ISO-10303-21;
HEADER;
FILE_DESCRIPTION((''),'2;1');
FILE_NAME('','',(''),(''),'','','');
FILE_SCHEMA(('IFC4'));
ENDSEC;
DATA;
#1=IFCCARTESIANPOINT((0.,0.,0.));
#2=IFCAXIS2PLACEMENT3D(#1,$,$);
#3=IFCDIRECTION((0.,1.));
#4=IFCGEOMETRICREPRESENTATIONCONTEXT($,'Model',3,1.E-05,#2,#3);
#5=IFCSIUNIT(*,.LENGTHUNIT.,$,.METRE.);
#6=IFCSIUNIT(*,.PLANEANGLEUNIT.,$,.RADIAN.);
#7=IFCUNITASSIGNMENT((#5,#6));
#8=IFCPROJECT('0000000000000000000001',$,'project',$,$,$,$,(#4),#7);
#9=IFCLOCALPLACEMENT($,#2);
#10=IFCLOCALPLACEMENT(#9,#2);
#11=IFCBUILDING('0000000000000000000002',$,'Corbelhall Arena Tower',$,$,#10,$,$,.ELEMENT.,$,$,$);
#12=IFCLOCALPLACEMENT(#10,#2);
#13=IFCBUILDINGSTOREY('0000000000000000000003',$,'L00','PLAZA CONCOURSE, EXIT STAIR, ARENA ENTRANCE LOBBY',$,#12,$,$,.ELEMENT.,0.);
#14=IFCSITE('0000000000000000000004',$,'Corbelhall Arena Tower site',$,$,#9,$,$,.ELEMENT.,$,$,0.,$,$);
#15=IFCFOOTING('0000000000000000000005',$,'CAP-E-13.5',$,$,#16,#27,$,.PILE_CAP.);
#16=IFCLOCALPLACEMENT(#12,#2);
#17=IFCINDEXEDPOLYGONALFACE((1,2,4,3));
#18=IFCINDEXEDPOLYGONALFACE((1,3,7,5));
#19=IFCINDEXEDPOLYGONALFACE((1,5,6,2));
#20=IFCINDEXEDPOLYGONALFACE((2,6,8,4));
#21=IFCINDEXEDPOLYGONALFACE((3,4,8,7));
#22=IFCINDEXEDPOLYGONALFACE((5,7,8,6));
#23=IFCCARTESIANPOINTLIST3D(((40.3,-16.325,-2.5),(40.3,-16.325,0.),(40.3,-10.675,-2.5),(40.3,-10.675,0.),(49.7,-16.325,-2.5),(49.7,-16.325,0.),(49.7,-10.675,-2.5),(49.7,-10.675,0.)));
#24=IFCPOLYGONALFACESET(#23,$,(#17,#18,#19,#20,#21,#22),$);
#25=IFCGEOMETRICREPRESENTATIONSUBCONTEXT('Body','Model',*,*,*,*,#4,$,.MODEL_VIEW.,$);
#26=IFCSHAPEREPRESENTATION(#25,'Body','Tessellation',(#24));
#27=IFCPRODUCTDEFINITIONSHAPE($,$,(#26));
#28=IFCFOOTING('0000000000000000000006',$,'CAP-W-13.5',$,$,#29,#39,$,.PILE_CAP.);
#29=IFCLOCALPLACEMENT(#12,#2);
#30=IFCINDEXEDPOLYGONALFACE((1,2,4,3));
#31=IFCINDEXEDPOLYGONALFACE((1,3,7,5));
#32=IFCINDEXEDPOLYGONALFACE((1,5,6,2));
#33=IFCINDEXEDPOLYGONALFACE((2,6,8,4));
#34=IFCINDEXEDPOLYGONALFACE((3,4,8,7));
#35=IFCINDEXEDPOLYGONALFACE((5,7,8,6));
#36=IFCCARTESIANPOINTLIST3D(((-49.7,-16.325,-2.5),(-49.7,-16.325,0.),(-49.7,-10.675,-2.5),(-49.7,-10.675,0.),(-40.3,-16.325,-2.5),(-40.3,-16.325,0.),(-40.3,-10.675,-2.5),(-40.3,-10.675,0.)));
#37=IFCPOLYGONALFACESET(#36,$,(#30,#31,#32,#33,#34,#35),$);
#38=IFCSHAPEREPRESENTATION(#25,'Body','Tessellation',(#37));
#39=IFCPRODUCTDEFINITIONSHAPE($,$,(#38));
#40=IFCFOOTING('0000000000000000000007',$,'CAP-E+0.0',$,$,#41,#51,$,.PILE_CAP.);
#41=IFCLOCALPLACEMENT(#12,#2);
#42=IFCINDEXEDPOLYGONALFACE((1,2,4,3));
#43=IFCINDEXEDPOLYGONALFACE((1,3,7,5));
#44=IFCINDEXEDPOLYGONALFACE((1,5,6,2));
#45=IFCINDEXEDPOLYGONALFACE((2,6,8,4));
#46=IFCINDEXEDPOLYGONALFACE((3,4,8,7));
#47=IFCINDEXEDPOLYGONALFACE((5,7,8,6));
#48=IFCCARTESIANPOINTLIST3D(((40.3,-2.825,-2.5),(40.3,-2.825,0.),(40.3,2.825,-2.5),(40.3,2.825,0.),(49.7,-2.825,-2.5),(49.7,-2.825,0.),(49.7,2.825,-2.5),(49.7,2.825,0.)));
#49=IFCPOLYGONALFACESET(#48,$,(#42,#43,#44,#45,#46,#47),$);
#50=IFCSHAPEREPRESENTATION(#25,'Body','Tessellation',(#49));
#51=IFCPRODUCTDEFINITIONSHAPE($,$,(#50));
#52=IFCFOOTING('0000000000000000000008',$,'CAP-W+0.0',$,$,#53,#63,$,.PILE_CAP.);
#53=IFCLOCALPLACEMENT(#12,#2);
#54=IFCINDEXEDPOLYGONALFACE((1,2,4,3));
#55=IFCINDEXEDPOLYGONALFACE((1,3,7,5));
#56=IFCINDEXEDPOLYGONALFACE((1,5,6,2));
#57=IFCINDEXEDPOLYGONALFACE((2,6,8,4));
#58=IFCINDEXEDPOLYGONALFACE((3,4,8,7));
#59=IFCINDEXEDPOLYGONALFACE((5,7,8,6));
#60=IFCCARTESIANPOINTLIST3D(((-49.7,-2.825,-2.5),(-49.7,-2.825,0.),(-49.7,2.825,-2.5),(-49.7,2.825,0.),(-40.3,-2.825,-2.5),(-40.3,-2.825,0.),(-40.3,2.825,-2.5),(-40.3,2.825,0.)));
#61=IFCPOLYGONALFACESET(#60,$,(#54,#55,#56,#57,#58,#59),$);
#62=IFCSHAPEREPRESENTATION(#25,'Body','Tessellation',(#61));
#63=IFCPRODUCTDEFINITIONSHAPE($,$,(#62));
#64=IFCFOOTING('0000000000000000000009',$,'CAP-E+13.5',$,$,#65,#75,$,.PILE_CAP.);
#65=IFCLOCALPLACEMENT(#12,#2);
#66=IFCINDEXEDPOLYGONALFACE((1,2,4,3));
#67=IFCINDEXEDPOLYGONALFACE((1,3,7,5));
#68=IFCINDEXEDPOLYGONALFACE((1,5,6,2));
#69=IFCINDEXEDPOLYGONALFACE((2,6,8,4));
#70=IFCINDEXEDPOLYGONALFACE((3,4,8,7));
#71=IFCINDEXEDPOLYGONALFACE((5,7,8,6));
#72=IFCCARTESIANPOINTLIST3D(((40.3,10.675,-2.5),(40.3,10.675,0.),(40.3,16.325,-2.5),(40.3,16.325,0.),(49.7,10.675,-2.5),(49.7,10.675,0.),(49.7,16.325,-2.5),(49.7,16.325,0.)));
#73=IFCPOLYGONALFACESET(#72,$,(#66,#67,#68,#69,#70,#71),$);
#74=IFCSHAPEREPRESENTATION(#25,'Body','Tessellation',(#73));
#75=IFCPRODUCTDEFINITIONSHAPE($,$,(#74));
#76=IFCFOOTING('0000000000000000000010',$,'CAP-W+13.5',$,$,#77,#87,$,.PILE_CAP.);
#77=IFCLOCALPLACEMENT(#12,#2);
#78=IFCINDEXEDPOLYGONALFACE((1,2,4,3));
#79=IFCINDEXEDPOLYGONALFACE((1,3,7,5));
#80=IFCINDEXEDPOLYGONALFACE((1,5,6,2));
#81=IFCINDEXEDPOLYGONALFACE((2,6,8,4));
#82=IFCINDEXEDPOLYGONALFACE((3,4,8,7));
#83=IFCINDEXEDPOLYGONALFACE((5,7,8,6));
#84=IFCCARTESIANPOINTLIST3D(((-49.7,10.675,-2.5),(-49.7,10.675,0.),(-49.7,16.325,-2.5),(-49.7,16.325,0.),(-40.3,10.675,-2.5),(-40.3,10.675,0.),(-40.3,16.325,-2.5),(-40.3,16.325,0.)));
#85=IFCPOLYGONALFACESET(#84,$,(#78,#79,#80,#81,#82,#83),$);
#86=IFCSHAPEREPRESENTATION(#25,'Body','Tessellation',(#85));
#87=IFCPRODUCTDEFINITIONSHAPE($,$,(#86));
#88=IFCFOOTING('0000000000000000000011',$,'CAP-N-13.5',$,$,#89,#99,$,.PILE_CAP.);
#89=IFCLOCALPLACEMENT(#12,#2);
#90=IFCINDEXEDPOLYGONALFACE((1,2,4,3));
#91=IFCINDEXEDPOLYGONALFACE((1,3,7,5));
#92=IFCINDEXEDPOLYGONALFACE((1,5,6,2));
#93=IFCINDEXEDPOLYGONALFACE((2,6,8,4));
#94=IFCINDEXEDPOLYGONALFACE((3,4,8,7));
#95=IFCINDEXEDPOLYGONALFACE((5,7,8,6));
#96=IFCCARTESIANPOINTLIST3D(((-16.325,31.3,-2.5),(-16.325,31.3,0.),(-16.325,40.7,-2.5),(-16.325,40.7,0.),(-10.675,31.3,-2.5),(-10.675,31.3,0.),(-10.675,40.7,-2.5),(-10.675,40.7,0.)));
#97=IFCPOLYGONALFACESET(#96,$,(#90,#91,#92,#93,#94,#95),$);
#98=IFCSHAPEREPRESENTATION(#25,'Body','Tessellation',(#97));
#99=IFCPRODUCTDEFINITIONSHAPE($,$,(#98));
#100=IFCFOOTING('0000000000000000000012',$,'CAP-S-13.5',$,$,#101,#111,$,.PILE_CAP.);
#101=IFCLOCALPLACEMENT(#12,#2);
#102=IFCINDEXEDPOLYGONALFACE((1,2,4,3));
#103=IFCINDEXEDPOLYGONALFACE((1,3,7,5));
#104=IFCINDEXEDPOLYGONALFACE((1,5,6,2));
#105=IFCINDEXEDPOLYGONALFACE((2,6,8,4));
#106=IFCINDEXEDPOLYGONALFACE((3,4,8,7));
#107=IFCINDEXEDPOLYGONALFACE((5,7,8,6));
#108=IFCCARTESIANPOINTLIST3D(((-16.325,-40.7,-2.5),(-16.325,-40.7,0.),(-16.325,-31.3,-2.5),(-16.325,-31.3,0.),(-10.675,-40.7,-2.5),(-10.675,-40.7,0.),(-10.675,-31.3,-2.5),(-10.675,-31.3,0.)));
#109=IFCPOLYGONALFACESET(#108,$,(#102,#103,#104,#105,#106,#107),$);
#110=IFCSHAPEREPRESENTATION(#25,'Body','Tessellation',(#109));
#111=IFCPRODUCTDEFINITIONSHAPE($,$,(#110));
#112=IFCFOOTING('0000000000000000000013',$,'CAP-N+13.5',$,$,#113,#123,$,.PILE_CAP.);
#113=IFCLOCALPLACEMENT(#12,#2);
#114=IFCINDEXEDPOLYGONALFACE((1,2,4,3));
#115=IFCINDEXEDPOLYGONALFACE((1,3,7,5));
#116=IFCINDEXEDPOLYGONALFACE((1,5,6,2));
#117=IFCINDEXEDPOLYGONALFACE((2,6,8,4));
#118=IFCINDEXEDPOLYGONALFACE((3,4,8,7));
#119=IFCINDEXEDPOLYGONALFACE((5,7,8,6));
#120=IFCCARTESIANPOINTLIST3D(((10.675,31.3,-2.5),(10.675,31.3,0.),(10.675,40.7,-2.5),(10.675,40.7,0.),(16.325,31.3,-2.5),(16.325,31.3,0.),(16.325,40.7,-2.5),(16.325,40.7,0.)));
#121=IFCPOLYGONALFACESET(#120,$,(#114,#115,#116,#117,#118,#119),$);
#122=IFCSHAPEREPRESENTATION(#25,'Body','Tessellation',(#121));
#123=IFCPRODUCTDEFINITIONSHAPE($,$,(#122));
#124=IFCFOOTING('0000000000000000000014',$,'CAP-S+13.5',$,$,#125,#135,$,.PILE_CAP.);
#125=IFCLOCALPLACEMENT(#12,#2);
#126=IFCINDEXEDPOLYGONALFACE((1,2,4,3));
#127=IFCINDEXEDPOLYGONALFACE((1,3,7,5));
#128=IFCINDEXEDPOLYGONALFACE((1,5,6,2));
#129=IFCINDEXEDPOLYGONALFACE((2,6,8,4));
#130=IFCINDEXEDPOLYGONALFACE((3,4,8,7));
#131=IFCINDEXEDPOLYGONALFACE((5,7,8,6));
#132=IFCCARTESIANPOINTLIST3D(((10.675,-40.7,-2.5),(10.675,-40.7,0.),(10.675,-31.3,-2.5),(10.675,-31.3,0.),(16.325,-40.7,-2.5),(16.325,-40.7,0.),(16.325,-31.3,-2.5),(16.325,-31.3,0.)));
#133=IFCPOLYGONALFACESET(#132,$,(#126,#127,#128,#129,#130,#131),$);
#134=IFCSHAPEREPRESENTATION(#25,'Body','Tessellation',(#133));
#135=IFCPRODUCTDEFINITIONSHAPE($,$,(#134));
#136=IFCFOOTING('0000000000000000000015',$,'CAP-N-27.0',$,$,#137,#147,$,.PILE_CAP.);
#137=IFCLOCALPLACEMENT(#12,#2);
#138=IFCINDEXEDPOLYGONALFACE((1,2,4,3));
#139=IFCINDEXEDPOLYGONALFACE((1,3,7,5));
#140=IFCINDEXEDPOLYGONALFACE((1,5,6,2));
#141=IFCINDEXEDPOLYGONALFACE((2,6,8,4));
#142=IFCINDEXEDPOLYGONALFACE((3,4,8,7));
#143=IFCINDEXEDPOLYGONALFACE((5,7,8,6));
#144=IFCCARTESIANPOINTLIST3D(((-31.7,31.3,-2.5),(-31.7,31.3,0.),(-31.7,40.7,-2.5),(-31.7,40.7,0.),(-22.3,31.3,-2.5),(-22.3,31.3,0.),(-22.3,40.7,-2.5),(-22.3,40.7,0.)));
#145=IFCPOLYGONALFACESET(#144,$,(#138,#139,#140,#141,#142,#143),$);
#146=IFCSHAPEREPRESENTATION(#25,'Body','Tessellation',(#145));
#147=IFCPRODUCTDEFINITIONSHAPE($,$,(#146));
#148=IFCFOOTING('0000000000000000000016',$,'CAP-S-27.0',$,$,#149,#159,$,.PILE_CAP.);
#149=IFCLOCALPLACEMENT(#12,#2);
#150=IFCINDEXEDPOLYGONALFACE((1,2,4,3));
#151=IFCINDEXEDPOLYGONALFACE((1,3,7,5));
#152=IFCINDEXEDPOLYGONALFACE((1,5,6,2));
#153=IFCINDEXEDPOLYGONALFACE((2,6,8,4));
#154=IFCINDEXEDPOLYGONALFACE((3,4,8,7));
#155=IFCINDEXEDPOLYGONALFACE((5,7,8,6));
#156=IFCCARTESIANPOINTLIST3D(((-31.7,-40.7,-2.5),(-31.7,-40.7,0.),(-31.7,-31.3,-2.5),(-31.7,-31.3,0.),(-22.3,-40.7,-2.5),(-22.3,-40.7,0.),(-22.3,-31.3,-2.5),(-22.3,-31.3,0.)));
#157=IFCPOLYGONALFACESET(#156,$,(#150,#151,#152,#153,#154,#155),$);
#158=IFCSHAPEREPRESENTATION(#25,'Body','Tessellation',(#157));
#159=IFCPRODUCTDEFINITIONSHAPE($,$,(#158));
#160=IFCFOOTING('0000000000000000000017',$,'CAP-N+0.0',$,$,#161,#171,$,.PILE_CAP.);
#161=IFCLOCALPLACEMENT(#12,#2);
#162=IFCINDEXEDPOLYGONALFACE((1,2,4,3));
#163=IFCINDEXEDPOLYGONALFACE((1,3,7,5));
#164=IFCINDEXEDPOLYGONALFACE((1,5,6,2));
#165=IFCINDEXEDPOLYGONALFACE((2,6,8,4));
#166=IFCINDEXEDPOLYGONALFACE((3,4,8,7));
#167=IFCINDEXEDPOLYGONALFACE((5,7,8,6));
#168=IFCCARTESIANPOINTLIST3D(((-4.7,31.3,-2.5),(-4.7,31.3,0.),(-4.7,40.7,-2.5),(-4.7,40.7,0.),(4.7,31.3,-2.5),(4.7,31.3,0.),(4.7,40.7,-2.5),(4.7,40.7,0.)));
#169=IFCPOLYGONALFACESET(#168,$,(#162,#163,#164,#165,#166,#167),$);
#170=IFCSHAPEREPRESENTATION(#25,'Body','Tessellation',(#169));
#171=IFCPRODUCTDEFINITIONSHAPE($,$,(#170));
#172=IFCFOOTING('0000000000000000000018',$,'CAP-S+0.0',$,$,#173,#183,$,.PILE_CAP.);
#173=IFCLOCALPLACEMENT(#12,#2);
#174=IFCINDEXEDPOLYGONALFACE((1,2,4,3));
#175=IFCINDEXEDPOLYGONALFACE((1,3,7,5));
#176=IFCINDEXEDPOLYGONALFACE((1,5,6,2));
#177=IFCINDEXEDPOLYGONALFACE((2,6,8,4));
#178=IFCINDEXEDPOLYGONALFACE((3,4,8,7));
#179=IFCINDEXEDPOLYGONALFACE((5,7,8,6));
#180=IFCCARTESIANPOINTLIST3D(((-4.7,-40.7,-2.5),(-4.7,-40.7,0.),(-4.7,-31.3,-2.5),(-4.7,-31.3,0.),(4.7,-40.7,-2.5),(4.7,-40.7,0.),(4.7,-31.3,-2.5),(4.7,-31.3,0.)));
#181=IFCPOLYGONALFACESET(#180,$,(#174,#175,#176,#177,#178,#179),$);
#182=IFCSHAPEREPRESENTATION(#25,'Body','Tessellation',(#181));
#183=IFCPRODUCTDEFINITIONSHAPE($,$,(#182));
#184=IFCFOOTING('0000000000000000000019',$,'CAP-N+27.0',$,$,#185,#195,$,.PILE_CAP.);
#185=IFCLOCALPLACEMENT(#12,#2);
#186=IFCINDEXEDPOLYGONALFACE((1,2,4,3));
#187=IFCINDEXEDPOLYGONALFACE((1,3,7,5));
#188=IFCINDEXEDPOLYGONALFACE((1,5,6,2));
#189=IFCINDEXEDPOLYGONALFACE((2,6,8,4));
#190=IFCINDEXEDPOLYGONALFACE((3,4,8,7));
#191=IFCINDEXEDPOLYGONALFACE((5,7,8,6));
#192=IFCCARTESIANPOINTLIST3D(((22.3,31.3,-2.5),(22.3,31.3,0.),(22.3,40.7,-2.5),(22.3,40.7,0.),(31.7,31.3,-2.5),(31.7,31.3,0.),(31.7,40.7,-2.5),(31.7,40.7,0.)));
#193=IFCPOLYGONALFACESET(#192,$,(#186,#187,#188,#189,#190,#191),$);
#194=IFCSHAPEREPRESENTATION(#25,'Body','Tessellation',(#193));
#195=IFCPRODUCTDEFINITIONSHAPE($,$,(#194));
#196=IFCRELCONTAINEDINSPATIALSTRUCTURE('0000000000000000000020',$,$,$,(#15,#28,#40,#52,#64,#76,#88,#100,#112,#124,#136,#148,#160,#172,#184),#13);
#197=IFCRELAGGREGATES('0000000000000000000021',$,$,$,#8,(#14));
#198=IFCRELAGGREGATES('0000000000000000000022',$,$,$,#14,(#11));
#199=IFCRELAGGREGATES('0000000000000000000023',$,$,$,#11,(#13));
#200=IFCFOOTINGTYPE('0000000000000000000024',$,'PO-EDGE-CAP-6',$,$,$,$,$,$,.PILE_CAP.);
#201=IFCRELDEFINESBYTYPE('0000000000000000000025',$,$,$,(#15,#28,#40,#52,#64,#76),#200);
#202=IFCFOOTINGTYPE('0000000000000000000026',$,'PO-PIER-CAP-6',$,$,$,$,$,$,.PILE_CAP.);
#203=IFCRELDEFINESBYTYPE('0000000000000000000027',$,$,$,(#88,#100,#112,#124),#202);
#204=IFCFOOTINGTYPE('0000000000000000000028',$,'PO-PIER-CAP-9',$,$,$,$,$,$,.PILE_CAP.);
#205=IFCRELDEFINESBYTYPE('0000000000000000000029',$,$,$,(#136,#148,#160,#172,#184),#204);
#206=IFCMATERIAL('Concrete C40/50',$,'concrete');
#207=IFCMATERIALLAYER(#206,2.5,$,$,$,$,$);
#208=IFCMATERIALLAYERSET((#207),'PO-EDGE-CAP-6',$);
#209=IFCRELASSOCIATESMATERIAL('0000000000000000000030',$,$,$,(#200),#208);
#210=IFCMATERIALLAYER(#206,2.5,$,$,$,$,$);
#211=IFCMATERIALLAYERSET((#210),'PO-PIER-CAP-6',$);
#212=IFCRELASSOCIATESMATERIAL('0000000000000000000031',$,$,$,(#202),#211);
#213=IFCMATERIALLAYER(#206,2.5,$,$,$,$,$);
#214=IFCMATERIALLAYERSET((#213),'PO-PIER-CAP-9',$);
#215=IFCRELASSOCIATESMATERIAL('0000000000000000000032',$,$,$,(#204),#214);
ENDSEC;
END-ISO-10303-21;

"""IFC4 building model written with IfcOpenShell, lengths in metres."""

from ifc_helpers import new_model, si_unit, direction, frame, origin, place, context, subcontext, project, spatial, polyline, outline, extrude, material, layer, layer_set, type_object, element, save


model = new_model("IFC4")

# Units and contexts
model_context = context("Model", 3, precision=1e-05, world=origin(), true_north=direction((0.0, 1.0)))
body_context = subcontext(model_context, "Body", "Model", "MODEL_VIEW")
ifc_project = project(units=[si_unit("LENGTHUNIT", "METRE"), si_unit("PLANEANGLEUNIT", "RADIAN")], contexts=[model_context])

# Site, building, storey
site_placement = place(None, origin())
site = spatial("IfcSite", under=ifc_project, at=site_placement, Name="Corbelhall Arena Tower site", CompositionType="ELEMENT", RefElevation=0.0)
building_placement = place(site_placement, origin())
building = spatial("IfcBuilding", under=site, at=building_placement, Name="Corbelhall Arena Tower", CompositionType="ELEMENT")
storey_placement = place(building_placement, origin())
storey = spatial("IfcBuildingStorey", under=building, at=storey_placement, Name="L00", Description="PLAZA CONCOURSE, EXIT STAIR, ARENA ENTRANCE LOBBY", CompositionType="ELEMENT", Elevation=0.0)

# Footings
ifc_material = material(Name="Concrete C40/50", Category="concrete")
ifc_layer_1 = layer(ifc_material, 2.5)
ifc_layer_set_1 = layer_set([ifc_layer_1], Name="PO-EDGE-CAP-6")
footing_type_1 = type_object("IfcFootingType", Name="PO-EDGE-CAP-6", PredefinedType="PILE_CAP", material=ifc_layer_set_1)
footing_1_placement = place(storey_placement, frame((0.0, 0.0, -2.5)))
element("IfcFooting", 1, at=footing_1_placement, inside=storey, type_object=footing_type_1, Name="CAP-E-13.5", PredefinedType="PILE_CAP", context=body_context, shape_type="SweptSolid", body=[
    extrude(outline(polyline([(40.3, -16.325), (49.7, -16.325), (49.7, -10.675), (40.3, -10.675), (40.3, -16.325)])), origin(), (0.0, 0.0, 1.0), 2.5),
])
footing_2_placement = place(storey_placement, frame((0.0, 0.0, -2.5)))
element("IfcFooting", 2, at=footing_2_placement, inside=storey, type_object=footing_type_1, Name="CAP-W-13.5", PredefinedType="PILE_CAP", context=body_context, shape_type="SweptSolid", body=[
    extrude(outline(polyline([(-49.7, -16.325), (-40.3, -16.325), (-40.3, -10.675), (-49.7, -10.675), (-49.7, -16.325)])), origin(), (0.0, 0.0, 1.0), 2.5),
])
footing_3_placement = place(storey_placement, frame((0.0, 0.0, -2.5)))
element("IfcFooting", 3, at=footing_3_placement, inside=storey, type_object=footing_type_1, Name="CAP-E+0.0", PredefinedType="PILE_CAP", context=body_context, shape_type="SweptSolid", body=[
    extrude(outline(polyline([(40.3, -2.825), (49.7, -2.825), (49.7, 2.825), (40.3, 2.825), (40.3, -2.825)])), origin(), (0.0, 0.0, 1.0), 2.5),
])
footing_4_placement = place(storey_placement, frame((0.0, 0.0, -2.5)))
element("IfcFooting", 4, at=footing_4_placement, inside=storey, type_object=footing_type_1, Name="CAP-W+0.0", PredefinedType="PILE_CAP", context=body_context, shape_type="SweptSolid", body=[
    extrude(outline(polyline([(-49.7, -2.825), (-40.3, -2.825), (-40.3, 2.825), (-49.7, 2.825), (-49.7, -2.825)])), origin(), (0.0, 0.0, 1.0), 2.5),
])
footing_5_placement = place(storey_placement, frame((0.0, 0.0, -2.5)))
element("IfcFooting", 5, at=footing_5_placement, inside=storey, type_object=footing_type_1, Name="CAP-E+13.5", PredefinedType="PILE_CAP", context=body_context, shape_type="SweptSolid", body=[
    extrude(outline(polyline([(40.3, 10.675), (49.7, 10.675), (49.7, 16.325), (40.3, 16.325), (40.3, 10.675)])), origin(), (0.0, 0.0, 1.0), 2.5),
])
footing_6_placement = place(storey_placement, frame((0.0, 0.0, -2.5)))
element("IfcFooting", 6, at=footing_6_placement, inside=storey, type_object=footing_type_1, Name="CAP-W+13.5", PredefinedType="PILE_CAP", context=body_context, shape_type="SweptSolid", body=[
    extrude(outline(polyline([(-49.7, 10.675), (-40.3, 10.675), (-40.3, 16.325), (-49.7, 16.325), (-49.7, 10.675)])), origin(), (0.0, 0.0, 1.0), 2.5),
])
ifc_layer_2 = layer(ifc_material, 2.5)
ifc_layer_set_2 = layer_set([ifc_layer_2], Name="PO-PIER-CAP-6")
footing_type_2 = type_object("IfcFootingType", Name="PO-PIER-CAP-6", PredefinedType="PILE_CAP", material=ifc_layer_set_2)
footing_7_placement = place(storey_placement, frame((0.0, 0.0, -2.5)))
element("IfcFooting", 7, at=footing_7_placement, inside=storey, type_object=footing_type_2, Name="CAP-N-13.5", PredefinedType="PILE_CAP", context=body_context, shape_type="SweptSolid", body=[
    extrude(outline(polyline([(-16.325, 31.3), (-10.675, 31.3), (-10.675, 40.7), (-16.325, 40.7), (-16.325, 31.3)])), origin(), (0.0, 0.0, 1.0), 2.5),
])
footing_8_placement = place(storey_placement, frame((0.0, 0.0, -2.5)))
element("IfcFooting", 8, at=footing_8_placement, inside=storey, type_object=footing_type_2, Name="CAP-S-13.5", PredefinedType="PILE_CAP", context=body_context, shape_type="SweptSolid", body=[
    extrude(outline(polyline([(-16.325, -40.7), (-10.675, -40.7), (-10.675, -31.3), (-16.325, -31.3), (-16.325, -40.7)])), origin(), (0.0, 0.0, 1.0), 2.5),
])
footing_9_placement = place(storey_placement, frame((0.0, 0.0, -2.5)))
element("IfcFooting", 9, at=footing_9_placement, inside=storey, type_object=footing_type_2, Name="CAP-N+13.5", PredefinedType="PILE_CAP", context=body_context, shape_type="SweptSolid", body=[
    extrude(outline(polyline([(10.675, 31.3), (16.325, 31.3), (16.325, 40.7), (10.675, 40.7), (10.675, 31.3)])), origin(), (0.0, 0.0, 1.0), 2.5),
])
footing_10_placement = place(storey_placement, frame((0.0, 0.0, -2.5)))
element("IfcFooting", 10, at=footing_10_placement, inside=storey, type_object=footing_type_2, Name="CAP-S+13.5", PredefinedType="PILE_CAP", context=body_context, shape_type="SweptSolid", body=[
    extrude(outline(polyline([(10.675, -40.7), (16.325, -40.7), (16.325, -31.3), (10.675, -31.3), (10.675, -40.7)])), origin(), (0.0, 0.0, 1.0), 2.5),
])
ifc_layer_3 = layer(ifc_material, 2.5)
ifc_layer_set_3 = layer_set([ifc_layer_3], Name="PO-PIER-CAP-9")
footing_type_3 = type_object("IfcFootingType", Name="PO-PIER-CAP-9", PredefinedType="PILE_CAP", material=ifc_layer_set_3)
footing_11_placement = place(storey_placement, frame((0.0, 0.0, -2.5)))
element("IfcFooting", 11, at=footing_11_placement, inside=storey, type_object=footing_type_3, Name="CAP-N-27.0", PredefinedType="PILE_CAP", context=body_context, shape_type="SweptSolid", body=[
    extrude(outline(polyline([(-31.7, 31.3), (-22.3, 31.3), (-22.3, 40.7), (-31.7, 40.7), (-31.7, 31.3)])), origin(), (0.0, 0.0, 1.0), 2.5),
])
footing_12_placement = place(storey_placement, frame((0.0, 0.0, -2.5)))
element("IfcFooting", 12, at=footing_12_placement, inside=storey, type_object=footing_type_3, Name="CAP-S-27.0", PredefinedType="PILE_CAP", context=body_context, shape_type="SweptSolid", body=[
    extrude(outline(polyline([(-31.7, -40.7), (-22.3, -40.7), (-22.3, -31.3), (-31.7, -31.3), (-31.7, -40.7)])), origin(), (0.0, 0.0, 1.0), 2.5),
])
footing_13_placement = place(storey_placement, frame((0.0, 0.0, -2.5)))
element("IfcFooting", 13, at=footing_13_placement, inside=storey, type_object=footing_type_3, Name="CAP-N+0.0", PredefinedType="PILE_CAP", context=body_context, shape_type="SweptSolid", body=[
    extrude(outline(polyline([(-4.7, 31.3), (4.7, 31.3), (4.7, 40.7), (-4.7, 40.7), (-4.7, 31.3)])), origin(), (0.0, 0.0, 1.0), 2.5),
])
footing_14_placement = place(storey_placement, frame((0.0, 0.0, -2.5)))
element("IfcFooting", 14, at=footing_14_placement, inside=storey, type_object=footing_type_3, Name="CAP-S+0.0", PredefinedType="PILE_CAP", context=body_context, shape_type="SweptSolid", body=[
    extrude(outline(polyline([(-4.7, -40.7), (4.7, -40.7), (4.7, -31.3), (-4.7, -31.3), (-4.7, -40.7)])), origin(), (0.0, 0.0, 1.0), 2.5),
])
footing_15_placement = place(storey_placement, frame((0.0, 0.0, -2.5)))
element("IfcFooting", 15, at=footing_15_placement, inside=storey, type_object=footing_type_3, Name="CAP-N+27.0", PredefinedType="PILE_CAP", context=body_context, shape_type="SweptSolid", body=[
    extrude(outline(polyline([(22.3, 31.3), (31.7, 31.3), (31.7, 40.7), (22.3, 40.7), (22.3, 31.3)])), origin(), (0.0, 0.0, 1.0), 2.5),
])

save(model, "model.ifc")
